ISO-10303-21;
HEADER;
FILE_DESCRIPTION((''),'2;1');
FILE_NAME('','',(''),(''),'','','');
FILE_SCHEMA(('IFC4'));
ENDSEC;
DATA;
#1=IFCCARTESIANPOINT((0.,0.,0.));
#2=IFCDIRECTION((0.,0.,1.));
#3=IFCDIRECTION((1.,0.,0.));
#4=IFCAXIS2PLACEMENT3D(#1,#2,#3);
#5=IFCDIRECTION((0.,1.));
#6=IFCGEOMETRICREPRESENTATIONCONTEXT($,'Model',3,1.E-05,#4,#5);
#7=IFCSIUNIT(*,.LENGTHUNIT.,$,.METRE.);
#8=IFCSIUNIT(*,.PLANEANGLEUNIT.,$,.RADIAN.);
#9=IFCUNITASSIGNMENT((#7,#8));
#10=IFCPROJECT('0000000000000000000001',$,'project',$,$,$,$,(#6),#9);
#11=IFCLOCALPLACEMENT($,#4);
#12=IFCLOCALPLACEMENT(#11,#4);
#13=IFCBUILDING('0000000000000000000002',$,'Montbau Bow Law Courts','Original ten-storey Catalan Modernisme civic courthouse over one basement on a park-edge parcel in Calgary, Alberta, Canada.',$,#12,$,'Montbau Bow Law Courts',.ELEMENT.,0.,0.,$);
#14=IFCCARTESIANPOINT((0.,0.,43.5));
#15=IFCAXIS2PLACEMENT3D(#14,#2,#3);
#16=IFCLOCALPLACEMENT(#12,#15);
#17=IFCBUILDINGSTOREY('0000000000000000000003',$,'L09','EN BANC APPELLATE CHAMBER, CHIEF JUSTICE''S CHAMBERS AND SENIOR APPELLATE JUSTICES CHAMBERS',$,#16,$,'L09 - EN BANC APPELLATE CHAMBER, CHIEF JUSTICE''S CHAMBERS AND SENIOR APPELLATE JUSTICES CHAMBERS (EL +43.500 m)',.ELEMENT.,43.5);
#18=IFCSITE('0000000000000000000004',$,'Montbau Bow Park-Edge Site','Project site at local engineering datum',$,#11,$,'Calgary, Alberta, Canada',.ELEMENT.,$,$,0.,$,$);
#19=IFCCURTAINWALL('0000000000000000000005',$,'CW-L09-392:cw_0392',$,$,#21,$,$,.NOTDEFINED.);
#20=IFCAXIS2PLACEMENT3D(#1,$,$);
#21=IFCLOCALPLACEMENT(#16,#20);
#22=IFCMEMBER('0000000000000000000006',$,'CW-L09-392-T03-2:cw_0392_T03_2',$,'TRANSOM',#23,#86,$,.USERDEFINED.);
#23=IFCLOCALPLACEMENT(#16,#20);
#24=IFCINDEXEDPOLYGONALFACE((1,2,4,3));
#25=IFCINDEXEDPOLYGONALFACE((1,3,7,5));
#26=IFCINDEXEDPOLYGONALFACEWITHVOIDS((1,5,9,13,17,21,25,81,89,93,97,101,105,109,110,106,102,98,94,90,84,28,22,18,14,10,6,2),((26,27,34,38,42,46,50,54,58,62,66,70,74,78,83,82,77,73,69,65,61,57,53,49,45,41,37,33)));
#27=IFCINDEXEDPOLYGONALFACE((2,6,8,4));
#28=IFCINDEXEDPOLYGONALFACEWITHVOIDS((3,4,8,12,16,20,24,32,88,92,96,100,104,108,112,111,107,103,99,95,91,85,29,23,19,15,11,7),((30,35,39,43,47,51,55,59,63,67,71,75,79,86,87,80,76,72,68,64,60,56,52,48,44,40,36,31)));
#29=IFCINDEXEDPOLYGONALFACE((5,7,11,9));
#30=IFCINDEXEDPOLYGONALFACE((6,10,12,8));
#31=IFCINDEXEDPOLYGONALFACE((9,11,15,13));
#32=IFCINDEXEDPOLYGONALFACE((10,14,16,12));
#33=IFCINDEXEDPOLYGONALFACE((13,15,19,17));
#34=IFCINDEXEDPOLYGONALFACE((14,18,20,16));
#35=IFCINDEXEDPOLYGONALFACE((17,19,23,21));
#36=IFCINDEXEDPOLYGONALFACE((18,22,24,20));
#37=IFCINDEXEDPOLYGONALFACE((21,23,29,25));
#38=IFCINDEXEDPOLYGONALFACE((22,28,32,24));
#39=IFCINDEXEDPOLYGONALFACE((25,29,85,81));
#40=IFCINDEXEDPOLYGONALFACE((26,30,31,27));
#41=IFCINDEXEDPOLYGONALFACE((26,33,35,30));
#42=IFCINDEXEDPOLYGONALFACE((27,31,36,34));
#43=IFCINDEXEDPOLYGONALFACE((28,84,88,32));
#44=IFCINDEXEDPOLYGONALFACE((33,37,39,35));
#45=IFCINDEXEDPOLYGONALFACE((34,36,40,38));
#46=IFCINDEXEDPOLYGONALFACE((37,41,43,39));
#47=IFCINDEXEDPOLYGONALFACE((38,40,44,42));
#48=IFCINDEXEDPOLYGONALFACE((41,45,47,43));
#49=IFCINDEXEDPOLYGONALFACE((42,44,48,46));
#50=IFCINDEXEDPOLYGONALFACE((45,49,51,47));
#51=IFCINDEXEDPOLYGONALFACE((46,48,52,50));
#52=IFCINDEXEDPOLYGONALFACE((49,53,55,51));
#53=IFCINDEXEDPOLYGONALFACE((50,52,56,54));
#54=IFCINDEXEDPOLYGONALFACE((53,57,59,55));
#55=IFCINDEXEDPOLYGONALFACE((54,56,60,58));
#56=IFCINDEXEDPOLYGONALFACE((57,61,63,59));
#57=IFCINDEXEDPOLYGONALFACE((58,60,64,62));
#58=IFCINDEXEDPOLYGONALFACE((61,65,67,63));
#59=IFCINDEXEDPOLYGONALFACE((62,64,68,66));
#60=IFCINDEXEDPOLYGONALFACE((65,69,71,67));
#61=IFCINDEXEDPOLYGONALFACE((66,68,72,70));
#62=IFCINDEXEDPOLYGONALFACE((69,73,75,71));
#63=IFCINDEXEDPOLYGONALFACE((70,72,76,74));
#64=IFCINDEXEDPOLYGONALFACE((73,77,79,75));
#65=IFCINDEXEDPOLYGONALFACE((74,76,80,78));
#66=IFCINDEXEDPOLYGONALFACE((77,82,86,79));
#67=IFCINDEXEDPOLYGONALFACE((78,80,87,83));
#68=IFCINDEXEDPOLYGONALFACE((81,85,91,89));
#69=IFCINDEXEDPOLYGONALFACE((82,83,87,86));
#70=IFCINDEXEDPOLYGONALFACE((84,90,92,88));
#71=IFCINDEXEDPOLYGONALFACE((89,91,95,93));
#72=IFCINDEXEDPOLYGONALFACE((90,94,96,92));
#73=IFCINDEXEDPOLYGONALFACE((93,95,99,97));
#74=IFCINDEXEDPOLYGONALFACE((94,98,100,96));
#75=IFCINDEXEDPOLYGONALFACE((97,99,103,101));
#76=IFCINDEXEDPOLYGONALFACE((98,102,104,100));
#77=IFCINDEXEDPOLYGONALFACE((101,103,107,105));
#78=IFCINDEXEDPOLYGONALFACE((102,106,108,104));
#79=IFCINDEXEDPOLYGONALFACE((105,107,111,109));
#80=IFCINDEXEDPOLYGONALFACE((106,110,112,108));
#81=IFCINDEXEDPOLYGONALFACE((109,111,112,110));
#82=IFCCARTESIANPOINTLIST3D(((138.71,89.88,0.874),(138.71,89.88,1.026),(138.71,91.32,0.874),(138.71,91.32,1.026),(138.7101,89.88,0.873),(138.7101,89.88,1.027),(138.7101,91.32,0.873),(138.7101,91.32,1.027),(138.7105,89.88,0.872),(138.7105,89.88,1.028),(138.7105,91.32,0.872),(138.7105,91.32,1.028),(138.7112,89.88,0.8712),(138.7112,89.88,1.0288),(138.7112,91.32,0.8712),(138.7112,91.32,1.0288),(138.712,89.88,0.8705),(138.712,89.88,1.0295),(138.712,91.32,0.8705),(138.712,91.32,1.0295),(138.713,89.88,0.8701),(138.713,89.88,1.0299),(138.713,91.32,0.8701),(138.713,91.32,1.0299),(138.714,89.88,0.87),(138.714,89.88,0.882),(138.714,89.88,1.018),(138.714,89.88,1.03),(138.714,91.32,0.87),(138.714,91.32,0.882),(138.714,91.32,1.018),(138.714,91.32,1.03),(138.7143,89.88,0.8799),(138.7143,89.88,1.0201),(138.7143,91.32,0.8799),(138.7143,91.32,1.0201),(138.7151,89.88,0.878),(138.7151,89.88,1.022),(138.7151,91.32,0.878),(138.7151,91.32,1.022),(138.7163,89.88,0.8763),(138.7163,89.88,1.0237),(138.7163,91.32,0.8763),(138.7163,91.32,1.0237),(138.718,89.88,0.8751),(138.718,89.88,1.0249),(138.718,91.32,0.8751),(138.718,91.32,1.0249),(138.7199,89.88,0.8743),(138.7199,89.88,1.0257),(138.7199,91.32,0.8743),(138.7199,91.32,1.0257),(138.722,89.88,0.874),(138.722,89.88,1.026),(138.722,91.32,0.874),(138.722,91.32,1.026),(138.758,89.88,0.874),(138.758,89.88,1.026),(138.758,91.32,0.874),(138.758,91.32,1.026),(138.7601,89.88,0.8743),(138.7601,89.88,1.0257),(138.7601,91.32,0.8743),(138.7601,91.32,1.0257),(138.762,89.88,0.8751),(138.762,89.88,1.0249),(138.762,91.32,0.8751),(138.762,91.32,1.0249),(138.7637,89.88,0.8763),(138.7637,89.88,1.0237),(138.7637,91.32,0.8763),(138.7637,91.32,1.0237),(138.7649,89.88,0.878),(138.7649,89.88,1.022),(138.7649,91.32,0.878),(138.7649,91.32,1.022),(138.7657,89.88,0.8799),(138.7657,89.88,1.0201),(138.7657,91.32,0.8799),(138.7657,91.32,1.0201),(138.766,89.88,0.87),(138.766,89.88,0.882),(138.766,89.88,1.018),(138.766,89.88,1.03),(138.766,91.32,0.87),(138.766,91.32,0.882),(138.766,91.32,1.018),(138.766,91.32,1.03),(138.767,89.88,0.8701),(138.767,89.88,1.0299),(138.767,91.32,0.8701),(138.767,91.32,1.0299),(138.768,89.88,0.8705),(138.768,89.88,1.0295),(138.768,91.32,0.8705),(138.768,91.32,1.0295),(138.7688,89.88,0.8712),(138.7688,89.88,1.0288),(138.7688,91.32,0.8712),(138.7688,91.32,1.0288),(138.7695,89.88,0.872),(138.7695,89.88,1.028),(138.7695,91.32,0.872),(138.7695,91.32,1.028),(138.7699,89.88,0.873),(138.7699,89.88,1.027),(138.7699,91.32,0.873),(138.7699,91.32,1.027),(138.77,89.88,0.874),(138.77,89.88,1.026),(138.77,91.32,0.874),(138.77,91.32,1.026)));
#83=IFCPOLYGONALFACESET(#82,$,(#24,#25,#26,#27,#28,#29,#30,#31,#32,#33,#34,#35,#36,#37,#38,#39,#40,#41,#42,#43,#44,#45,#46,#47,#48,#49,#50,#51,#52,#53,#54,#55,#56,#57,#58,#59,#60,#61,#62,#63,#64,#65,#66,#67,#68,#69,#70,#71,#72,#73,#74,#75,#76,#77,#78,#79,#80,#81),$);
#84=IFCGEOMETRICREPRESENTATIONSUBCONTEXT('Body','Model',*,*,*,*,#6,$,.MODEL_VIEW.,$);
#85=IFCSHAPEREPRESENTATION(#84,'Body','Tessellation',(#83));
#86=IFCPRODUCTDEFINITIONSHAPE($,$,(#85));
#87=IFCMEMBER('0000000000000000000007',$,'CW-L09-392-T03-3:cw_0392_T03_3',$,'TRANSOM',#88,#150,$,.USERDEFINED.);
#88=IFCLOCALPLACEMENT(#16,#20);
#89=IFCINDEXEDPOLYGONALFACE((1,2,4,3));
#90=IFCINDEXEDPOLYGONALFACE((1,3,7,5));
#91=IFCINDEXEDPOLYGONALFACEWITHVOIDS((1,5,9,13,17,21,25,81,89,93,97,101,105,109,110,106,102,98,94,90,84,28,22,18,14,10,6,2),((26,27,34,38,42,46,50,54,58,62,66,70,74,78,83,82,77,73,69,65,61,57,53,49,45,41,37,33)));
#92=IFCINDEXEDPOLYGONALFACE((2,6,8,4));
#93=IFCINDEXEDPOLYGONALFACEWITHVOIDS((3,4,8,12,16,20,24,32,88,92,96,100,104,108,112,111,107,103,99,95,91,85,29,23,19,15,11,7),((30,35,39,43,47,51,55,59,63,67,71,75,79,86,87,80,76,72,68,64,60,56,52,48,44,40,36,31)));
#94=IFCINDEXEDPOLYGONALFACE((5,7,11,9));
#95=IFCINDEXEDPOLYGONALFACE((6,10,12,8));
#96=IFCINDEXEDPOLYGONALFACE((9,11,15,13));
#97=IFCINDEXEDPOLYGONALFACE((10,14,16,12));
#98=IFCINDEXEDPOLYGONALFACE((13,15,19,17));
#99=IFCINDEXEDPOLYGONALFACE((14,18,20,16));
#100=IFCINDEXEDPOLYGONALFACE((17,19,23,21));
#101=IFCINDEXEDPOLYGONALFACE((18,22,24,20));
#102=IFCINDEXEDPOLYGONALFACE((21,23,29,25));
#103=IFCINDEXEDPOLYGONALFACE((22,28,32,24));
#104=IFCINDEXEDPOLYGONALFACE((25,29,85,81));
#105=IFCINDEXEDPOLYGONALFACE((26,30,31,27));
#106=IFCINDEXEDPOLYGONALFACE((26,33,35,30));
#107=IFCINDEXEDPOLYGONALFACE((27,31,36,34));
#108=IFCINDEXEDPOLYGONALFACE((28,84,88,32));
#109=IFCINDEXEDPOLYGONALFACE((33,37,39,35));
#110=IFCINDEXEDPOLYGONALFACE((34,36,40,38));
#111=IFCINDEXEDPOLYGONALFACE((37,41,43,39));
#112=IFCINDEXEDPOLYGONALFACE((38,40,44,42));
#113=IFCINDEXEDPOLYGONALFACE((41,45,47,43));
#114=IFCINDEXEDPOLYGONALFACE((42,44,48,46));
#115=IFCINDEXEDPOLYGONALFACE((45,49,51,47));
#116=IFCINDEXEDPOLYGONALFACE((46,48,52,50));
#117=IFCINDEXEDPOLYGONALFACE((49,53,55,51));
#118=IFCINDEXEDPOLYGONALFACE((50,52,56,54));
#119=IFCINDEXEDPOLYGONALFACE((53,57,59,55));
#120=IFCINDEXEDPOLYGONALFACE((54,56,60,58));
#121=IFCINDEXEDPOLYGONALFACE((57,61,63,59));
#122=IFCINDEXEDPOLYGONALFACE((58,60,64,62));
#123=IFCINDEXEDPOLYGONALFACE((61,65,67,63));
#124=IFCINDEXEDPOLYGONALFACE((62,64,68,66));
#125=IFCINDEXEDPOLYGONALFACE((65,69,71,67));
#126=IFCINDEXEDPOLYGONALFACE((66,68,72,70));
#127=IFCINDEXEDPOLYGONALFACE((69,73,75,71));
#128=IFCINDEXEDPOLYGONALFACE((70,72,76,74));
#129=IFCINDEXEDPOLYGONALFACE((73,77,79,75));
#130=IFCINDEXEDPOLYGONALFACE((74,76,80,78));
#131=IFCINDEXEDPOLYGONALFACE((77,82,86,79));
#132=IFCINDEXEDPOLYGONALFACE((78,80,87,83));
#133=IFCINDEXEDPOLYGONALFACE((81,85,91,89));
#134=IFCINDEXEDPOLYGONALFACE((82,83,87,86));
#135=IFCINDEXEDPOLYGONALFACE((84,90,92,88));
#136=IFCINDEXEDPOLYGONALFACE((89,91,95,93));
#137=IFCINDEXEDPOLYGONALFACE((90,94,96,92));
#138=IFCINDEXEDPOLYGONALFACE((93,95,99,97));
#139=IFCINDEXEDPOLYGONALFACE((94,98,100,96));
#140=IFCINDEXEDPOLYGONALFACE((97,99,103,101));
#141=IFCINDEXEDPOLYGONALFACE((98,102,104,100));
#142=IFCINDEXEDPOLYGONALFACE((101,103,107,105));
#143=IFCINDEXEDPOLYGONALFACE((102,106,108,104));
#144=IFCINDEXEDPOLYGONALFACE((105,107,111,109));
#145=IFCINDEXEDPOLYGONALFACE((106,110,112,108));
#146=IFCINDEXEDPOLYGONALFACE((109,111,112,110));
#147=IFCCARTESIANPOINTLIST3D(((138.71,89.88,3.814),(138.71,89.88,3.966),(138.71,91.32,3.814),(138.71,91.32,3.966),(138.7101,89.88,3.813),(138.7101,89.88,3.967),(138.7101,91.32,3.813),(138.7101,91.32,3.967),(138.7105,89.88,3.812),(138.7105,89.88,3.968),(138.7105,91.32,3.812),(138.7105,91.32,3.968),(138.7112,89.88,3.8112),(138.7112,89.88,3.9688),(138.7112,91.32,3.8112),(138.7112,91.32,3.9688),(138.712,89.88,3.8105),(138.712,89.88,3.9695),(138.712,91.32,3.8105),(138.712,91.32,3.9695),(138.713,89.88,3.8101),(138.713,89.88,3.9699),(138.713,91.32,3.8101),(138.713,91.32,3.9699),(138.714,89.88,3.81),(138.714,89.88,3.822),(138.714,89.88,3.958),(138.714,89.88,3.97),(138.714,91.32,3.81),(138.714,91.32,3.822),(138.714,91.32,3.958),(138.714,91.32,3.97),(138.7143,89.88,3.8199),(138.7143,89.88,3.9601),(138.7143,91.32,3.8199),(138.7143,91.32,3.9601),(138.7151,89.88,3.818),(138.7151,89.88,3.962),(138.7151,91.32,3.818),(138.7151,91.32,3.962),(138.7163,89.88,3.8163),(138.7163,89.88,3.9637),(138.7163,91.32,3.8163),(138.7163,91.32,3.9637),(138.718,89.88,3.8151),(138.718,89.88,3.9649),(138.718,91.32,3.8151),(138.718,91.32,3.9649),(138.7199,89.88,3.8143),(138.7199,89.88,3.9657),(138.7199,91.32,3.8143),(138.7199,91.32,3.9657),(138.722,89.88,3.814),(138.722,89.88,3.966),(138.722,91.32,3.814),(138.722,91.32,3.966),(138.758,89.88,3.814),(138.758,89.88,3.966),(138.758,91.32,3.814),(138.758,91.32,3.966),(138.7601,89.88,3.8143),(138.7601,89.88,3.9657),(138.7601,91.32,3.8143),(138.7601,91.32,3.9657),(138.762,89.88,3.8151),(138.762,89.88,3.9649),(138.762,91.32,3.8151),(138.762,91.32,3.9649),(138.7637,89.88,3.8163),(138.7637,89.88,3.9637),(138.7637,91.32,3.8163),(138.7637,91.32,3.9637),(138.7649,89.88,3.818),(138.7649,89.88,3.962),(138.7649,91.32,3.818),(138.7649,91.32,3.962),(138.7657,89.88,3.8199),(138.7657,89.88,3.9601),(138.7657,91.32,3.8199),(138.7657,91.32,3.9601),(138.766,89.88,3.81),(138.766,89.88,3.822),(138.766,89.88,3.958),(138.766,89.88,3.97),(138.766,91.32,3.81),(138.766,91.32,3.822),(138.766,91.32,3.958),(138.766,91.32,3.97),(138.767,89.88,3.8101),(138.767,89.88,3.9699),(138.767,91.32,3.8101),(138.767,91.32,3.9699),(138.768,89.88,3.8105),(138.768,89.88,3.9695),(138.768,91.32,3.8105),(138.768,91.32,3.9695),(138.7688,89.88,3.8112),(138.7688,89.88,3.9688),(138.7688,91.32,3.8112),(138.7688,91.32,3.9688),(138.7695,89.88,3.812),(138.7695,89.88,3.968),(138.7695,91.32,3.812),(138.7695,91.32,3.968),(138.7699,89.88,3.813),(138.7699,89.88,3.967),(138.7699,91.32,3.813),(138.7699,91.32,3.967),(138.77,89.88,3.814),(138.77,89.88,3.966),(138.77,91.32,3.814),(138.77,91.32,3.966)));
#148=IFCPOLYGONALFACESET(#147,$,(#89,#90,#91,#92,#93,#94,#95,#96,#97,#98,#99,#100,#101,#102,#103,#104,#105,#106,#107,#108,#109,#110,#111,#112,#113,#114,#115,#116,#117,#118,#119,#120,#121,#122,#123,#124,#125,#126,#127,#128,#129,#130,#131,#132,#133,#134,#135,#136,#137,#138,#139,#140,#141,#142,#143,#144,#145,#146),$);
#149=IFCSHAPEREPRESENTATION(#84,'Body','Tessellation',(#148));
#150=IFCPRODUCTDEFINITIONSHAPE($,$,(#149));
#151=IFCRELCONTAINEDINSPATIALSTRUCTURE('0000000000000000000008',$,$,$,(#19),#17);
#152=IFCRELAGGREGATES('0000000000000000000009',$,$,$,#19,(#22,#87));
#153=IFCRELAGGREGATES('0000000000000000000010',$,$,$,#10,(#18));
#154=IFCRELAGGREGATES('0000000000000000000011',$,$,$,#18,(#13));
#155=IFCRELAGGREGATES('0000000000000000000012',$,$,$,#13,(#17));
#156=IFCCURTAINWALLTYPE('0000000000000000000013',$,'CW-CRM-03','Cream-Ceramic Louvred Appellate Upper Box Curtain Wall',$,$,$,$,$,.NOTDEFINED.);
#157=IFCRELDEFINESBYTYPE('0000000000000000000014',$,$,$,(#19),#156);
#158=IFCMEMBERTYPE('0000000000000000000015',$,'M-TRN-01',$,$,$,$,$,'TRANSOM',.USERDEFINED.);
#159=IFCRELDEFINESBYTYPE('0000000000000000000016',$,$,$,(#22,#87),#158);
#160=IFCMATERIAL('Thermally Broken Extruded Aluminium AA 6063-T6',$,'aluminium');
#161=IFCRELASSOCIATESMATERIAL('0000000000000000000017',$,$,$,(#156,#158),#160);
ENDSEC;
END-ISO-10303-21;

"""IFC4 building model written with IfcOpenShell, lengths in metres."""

from ifc_helpers import new_model, si_unit, direction, frame, origin_with_axes, origin_2d_with_axis, place, context, subcontext, project, spatial, hollow_rectangle, extrude, material, material_profile, profile_set, type_object, element, aggregate, save


model = new_model("IFC4")

# Units and contexts
model_context = context("Model", 3, precision=1e-05, world=origin_with_axes(), true_north=direction((0.0, 1.0)))
body_context = subcontext(model_context, "Body", "Model", "MODEL_VIEW")
ifc_project = project(units=[si_unit("LENGTHUNIT", "METRE"), si_unit("PLANEANGLEUNIT", "RADIAN")], contexts=[model_context])

# Site, building, storey
site_placement = place(None, origin_with_axes())
site = spatial("IfcSite", under=ifc_project, at=site_placement, Name="Montbau Bow Park-Edge Site", Description="Project site at local engineering datum", LongName="Calgary, Alberta, Canada", CompositionType="ELEMENT", RefElevation=0.0)
building_placement = place(site_placement, origin_with_axes())
building = spatial("IfcBuilding", under=site, at=building_placement, Name="Montbau Bow Law Courts", Description="Original ten-storey Catalan Modernisme civic courthouse over one basement on a park-edge parcel in Calgary, Alberta, Canada.", LongName="Montbau Bow Law Courts", CompositionType="ELEMENT", ElevationOfRefHeight=0.0, ElevationOfTerrain=0.0)
storey_placement = place(building_placement, frame((0.0, 0.0, 43.5), z_axis=(0.0, 0.0, 1.0), x_axis=(1.0, 0.0, 0.0)))
storey = spatial("IfcBuildingStorey", under=building, at=storey_placement, Name="L09", Description="EN BANC APPELLATE CHAMBER, CHIEF JUSTICE'S CHAMBERS AND SENIOR APPELLATE JUSTICES CHAMBERS", LongName="L09 - EN BANC APPELLATE CHAMBER, CHIEF JUSTICE'S CHAMBERS AND SENIOR APPELLATE JUSTICES CHAMBERS (EL +43.500 m)", CompositionType="ELEMENT", Elevation=43.5)

# Curtain wall, members
ifc_material_1 = material(Name="Thermally Broken Extruded Aluminium AA 6063-T6", Category="aluminium")
curtain_wall_type = type_object("IfcCurtainWallType", Name="CW-CRM-03", Description="Cream-Ceramic Louvred Appellate Upper Box Curtain Wall", PredefinedType="NOTDEFINED", material=ifc_material_1)
curtain_wall_placement = place(None, frame((138.74, 86.84, 43.5), z_axis=(0.0, 0.0, 1.0), x_axis=(1.0, 0.0, 0.0)))
curtain_wall = element("IfcCurtainWall", 1, at=curtain_wall_placement, inside=storey, type_object=curtain_wall_type, Name="CW-L09-392:cw_0392", PredefinedType="NOTDEFINED")
ifc_material_profile_1 = material_profile(ifc_material_1, hollow_rectangle(XDim=0.06, YDim=0.16, WallThickness=0.004, InnerFilletRadius=0.008, OuterFilletRadius=0.004, at=origin_2d_with_axis()), Name="CWT-160X60", Category="Main", Priority=0)
ifc_profile_set_1 = profile_set([ifc_material_profile_1], Name="Thermally Broken Extruded Aluminium AA 6063-T6")
member_type_1 = type_object("IfcMemberType", Name="M-TRN-01", ElementType="TRANSOM", PredefinedType="USERDEFINED", material=ifc_profile_set_1)
member_1_placement = place(None, frame((138.74, 89.88, 44.45), z_axis=(0.0, 1.0, 0.0), x_axis=(-1.0, 0.0, 0.0)))
member_1 = element("IfcMember", 2, at=member_1_placement, type_object=member_type_1, Name="CW-L09-392-T03-2:cw_0392_T03_2", ObjectType="TRANSOM", PredefinedType="USERDEFINED", context=body_context, shape_type="SweptSolid", body=[
    extrude(hollow_rectangle(XDim=0.06, YDim=0.16, WallThickness=0.004, InnerFilletRadius=0.008, OuterFilletRadius=0.004, at=origin_2d_with_axis()), origin_with_axes(), (0.0, 0.0, 1.0), 1.44),
])
member_2_placement = place(None, frame((138.74, 89.88, 47.39), z_axis=(0.0, 1.0, 0.0), x_axis=(-1.0, 0.0, 0.0)))
member_2 = element("IfcMember", 3, at=member_2_placement, type_object=member_type_1, Name="CW-L09-392-T03-3:cw_0392_T03_3", ObjectType="TRANSOM", PredefinedType="USERDEFINED", context=body_context, shape_type="SweptSolid", body=[
    extrude(hollow_rectangle(XDim=0.06, YDim=0.16, WallThickness=0.004, InnerFilletRadius=0.008, OuterFilletRadius=0.004, at=origin_2d_with_axis()), origin_with_axes(), (0.0, 0.0, 1.0), 1.44),
])
aggregate(curtain_wall, [member_1, member_2])

save(model, "model.ifc")
